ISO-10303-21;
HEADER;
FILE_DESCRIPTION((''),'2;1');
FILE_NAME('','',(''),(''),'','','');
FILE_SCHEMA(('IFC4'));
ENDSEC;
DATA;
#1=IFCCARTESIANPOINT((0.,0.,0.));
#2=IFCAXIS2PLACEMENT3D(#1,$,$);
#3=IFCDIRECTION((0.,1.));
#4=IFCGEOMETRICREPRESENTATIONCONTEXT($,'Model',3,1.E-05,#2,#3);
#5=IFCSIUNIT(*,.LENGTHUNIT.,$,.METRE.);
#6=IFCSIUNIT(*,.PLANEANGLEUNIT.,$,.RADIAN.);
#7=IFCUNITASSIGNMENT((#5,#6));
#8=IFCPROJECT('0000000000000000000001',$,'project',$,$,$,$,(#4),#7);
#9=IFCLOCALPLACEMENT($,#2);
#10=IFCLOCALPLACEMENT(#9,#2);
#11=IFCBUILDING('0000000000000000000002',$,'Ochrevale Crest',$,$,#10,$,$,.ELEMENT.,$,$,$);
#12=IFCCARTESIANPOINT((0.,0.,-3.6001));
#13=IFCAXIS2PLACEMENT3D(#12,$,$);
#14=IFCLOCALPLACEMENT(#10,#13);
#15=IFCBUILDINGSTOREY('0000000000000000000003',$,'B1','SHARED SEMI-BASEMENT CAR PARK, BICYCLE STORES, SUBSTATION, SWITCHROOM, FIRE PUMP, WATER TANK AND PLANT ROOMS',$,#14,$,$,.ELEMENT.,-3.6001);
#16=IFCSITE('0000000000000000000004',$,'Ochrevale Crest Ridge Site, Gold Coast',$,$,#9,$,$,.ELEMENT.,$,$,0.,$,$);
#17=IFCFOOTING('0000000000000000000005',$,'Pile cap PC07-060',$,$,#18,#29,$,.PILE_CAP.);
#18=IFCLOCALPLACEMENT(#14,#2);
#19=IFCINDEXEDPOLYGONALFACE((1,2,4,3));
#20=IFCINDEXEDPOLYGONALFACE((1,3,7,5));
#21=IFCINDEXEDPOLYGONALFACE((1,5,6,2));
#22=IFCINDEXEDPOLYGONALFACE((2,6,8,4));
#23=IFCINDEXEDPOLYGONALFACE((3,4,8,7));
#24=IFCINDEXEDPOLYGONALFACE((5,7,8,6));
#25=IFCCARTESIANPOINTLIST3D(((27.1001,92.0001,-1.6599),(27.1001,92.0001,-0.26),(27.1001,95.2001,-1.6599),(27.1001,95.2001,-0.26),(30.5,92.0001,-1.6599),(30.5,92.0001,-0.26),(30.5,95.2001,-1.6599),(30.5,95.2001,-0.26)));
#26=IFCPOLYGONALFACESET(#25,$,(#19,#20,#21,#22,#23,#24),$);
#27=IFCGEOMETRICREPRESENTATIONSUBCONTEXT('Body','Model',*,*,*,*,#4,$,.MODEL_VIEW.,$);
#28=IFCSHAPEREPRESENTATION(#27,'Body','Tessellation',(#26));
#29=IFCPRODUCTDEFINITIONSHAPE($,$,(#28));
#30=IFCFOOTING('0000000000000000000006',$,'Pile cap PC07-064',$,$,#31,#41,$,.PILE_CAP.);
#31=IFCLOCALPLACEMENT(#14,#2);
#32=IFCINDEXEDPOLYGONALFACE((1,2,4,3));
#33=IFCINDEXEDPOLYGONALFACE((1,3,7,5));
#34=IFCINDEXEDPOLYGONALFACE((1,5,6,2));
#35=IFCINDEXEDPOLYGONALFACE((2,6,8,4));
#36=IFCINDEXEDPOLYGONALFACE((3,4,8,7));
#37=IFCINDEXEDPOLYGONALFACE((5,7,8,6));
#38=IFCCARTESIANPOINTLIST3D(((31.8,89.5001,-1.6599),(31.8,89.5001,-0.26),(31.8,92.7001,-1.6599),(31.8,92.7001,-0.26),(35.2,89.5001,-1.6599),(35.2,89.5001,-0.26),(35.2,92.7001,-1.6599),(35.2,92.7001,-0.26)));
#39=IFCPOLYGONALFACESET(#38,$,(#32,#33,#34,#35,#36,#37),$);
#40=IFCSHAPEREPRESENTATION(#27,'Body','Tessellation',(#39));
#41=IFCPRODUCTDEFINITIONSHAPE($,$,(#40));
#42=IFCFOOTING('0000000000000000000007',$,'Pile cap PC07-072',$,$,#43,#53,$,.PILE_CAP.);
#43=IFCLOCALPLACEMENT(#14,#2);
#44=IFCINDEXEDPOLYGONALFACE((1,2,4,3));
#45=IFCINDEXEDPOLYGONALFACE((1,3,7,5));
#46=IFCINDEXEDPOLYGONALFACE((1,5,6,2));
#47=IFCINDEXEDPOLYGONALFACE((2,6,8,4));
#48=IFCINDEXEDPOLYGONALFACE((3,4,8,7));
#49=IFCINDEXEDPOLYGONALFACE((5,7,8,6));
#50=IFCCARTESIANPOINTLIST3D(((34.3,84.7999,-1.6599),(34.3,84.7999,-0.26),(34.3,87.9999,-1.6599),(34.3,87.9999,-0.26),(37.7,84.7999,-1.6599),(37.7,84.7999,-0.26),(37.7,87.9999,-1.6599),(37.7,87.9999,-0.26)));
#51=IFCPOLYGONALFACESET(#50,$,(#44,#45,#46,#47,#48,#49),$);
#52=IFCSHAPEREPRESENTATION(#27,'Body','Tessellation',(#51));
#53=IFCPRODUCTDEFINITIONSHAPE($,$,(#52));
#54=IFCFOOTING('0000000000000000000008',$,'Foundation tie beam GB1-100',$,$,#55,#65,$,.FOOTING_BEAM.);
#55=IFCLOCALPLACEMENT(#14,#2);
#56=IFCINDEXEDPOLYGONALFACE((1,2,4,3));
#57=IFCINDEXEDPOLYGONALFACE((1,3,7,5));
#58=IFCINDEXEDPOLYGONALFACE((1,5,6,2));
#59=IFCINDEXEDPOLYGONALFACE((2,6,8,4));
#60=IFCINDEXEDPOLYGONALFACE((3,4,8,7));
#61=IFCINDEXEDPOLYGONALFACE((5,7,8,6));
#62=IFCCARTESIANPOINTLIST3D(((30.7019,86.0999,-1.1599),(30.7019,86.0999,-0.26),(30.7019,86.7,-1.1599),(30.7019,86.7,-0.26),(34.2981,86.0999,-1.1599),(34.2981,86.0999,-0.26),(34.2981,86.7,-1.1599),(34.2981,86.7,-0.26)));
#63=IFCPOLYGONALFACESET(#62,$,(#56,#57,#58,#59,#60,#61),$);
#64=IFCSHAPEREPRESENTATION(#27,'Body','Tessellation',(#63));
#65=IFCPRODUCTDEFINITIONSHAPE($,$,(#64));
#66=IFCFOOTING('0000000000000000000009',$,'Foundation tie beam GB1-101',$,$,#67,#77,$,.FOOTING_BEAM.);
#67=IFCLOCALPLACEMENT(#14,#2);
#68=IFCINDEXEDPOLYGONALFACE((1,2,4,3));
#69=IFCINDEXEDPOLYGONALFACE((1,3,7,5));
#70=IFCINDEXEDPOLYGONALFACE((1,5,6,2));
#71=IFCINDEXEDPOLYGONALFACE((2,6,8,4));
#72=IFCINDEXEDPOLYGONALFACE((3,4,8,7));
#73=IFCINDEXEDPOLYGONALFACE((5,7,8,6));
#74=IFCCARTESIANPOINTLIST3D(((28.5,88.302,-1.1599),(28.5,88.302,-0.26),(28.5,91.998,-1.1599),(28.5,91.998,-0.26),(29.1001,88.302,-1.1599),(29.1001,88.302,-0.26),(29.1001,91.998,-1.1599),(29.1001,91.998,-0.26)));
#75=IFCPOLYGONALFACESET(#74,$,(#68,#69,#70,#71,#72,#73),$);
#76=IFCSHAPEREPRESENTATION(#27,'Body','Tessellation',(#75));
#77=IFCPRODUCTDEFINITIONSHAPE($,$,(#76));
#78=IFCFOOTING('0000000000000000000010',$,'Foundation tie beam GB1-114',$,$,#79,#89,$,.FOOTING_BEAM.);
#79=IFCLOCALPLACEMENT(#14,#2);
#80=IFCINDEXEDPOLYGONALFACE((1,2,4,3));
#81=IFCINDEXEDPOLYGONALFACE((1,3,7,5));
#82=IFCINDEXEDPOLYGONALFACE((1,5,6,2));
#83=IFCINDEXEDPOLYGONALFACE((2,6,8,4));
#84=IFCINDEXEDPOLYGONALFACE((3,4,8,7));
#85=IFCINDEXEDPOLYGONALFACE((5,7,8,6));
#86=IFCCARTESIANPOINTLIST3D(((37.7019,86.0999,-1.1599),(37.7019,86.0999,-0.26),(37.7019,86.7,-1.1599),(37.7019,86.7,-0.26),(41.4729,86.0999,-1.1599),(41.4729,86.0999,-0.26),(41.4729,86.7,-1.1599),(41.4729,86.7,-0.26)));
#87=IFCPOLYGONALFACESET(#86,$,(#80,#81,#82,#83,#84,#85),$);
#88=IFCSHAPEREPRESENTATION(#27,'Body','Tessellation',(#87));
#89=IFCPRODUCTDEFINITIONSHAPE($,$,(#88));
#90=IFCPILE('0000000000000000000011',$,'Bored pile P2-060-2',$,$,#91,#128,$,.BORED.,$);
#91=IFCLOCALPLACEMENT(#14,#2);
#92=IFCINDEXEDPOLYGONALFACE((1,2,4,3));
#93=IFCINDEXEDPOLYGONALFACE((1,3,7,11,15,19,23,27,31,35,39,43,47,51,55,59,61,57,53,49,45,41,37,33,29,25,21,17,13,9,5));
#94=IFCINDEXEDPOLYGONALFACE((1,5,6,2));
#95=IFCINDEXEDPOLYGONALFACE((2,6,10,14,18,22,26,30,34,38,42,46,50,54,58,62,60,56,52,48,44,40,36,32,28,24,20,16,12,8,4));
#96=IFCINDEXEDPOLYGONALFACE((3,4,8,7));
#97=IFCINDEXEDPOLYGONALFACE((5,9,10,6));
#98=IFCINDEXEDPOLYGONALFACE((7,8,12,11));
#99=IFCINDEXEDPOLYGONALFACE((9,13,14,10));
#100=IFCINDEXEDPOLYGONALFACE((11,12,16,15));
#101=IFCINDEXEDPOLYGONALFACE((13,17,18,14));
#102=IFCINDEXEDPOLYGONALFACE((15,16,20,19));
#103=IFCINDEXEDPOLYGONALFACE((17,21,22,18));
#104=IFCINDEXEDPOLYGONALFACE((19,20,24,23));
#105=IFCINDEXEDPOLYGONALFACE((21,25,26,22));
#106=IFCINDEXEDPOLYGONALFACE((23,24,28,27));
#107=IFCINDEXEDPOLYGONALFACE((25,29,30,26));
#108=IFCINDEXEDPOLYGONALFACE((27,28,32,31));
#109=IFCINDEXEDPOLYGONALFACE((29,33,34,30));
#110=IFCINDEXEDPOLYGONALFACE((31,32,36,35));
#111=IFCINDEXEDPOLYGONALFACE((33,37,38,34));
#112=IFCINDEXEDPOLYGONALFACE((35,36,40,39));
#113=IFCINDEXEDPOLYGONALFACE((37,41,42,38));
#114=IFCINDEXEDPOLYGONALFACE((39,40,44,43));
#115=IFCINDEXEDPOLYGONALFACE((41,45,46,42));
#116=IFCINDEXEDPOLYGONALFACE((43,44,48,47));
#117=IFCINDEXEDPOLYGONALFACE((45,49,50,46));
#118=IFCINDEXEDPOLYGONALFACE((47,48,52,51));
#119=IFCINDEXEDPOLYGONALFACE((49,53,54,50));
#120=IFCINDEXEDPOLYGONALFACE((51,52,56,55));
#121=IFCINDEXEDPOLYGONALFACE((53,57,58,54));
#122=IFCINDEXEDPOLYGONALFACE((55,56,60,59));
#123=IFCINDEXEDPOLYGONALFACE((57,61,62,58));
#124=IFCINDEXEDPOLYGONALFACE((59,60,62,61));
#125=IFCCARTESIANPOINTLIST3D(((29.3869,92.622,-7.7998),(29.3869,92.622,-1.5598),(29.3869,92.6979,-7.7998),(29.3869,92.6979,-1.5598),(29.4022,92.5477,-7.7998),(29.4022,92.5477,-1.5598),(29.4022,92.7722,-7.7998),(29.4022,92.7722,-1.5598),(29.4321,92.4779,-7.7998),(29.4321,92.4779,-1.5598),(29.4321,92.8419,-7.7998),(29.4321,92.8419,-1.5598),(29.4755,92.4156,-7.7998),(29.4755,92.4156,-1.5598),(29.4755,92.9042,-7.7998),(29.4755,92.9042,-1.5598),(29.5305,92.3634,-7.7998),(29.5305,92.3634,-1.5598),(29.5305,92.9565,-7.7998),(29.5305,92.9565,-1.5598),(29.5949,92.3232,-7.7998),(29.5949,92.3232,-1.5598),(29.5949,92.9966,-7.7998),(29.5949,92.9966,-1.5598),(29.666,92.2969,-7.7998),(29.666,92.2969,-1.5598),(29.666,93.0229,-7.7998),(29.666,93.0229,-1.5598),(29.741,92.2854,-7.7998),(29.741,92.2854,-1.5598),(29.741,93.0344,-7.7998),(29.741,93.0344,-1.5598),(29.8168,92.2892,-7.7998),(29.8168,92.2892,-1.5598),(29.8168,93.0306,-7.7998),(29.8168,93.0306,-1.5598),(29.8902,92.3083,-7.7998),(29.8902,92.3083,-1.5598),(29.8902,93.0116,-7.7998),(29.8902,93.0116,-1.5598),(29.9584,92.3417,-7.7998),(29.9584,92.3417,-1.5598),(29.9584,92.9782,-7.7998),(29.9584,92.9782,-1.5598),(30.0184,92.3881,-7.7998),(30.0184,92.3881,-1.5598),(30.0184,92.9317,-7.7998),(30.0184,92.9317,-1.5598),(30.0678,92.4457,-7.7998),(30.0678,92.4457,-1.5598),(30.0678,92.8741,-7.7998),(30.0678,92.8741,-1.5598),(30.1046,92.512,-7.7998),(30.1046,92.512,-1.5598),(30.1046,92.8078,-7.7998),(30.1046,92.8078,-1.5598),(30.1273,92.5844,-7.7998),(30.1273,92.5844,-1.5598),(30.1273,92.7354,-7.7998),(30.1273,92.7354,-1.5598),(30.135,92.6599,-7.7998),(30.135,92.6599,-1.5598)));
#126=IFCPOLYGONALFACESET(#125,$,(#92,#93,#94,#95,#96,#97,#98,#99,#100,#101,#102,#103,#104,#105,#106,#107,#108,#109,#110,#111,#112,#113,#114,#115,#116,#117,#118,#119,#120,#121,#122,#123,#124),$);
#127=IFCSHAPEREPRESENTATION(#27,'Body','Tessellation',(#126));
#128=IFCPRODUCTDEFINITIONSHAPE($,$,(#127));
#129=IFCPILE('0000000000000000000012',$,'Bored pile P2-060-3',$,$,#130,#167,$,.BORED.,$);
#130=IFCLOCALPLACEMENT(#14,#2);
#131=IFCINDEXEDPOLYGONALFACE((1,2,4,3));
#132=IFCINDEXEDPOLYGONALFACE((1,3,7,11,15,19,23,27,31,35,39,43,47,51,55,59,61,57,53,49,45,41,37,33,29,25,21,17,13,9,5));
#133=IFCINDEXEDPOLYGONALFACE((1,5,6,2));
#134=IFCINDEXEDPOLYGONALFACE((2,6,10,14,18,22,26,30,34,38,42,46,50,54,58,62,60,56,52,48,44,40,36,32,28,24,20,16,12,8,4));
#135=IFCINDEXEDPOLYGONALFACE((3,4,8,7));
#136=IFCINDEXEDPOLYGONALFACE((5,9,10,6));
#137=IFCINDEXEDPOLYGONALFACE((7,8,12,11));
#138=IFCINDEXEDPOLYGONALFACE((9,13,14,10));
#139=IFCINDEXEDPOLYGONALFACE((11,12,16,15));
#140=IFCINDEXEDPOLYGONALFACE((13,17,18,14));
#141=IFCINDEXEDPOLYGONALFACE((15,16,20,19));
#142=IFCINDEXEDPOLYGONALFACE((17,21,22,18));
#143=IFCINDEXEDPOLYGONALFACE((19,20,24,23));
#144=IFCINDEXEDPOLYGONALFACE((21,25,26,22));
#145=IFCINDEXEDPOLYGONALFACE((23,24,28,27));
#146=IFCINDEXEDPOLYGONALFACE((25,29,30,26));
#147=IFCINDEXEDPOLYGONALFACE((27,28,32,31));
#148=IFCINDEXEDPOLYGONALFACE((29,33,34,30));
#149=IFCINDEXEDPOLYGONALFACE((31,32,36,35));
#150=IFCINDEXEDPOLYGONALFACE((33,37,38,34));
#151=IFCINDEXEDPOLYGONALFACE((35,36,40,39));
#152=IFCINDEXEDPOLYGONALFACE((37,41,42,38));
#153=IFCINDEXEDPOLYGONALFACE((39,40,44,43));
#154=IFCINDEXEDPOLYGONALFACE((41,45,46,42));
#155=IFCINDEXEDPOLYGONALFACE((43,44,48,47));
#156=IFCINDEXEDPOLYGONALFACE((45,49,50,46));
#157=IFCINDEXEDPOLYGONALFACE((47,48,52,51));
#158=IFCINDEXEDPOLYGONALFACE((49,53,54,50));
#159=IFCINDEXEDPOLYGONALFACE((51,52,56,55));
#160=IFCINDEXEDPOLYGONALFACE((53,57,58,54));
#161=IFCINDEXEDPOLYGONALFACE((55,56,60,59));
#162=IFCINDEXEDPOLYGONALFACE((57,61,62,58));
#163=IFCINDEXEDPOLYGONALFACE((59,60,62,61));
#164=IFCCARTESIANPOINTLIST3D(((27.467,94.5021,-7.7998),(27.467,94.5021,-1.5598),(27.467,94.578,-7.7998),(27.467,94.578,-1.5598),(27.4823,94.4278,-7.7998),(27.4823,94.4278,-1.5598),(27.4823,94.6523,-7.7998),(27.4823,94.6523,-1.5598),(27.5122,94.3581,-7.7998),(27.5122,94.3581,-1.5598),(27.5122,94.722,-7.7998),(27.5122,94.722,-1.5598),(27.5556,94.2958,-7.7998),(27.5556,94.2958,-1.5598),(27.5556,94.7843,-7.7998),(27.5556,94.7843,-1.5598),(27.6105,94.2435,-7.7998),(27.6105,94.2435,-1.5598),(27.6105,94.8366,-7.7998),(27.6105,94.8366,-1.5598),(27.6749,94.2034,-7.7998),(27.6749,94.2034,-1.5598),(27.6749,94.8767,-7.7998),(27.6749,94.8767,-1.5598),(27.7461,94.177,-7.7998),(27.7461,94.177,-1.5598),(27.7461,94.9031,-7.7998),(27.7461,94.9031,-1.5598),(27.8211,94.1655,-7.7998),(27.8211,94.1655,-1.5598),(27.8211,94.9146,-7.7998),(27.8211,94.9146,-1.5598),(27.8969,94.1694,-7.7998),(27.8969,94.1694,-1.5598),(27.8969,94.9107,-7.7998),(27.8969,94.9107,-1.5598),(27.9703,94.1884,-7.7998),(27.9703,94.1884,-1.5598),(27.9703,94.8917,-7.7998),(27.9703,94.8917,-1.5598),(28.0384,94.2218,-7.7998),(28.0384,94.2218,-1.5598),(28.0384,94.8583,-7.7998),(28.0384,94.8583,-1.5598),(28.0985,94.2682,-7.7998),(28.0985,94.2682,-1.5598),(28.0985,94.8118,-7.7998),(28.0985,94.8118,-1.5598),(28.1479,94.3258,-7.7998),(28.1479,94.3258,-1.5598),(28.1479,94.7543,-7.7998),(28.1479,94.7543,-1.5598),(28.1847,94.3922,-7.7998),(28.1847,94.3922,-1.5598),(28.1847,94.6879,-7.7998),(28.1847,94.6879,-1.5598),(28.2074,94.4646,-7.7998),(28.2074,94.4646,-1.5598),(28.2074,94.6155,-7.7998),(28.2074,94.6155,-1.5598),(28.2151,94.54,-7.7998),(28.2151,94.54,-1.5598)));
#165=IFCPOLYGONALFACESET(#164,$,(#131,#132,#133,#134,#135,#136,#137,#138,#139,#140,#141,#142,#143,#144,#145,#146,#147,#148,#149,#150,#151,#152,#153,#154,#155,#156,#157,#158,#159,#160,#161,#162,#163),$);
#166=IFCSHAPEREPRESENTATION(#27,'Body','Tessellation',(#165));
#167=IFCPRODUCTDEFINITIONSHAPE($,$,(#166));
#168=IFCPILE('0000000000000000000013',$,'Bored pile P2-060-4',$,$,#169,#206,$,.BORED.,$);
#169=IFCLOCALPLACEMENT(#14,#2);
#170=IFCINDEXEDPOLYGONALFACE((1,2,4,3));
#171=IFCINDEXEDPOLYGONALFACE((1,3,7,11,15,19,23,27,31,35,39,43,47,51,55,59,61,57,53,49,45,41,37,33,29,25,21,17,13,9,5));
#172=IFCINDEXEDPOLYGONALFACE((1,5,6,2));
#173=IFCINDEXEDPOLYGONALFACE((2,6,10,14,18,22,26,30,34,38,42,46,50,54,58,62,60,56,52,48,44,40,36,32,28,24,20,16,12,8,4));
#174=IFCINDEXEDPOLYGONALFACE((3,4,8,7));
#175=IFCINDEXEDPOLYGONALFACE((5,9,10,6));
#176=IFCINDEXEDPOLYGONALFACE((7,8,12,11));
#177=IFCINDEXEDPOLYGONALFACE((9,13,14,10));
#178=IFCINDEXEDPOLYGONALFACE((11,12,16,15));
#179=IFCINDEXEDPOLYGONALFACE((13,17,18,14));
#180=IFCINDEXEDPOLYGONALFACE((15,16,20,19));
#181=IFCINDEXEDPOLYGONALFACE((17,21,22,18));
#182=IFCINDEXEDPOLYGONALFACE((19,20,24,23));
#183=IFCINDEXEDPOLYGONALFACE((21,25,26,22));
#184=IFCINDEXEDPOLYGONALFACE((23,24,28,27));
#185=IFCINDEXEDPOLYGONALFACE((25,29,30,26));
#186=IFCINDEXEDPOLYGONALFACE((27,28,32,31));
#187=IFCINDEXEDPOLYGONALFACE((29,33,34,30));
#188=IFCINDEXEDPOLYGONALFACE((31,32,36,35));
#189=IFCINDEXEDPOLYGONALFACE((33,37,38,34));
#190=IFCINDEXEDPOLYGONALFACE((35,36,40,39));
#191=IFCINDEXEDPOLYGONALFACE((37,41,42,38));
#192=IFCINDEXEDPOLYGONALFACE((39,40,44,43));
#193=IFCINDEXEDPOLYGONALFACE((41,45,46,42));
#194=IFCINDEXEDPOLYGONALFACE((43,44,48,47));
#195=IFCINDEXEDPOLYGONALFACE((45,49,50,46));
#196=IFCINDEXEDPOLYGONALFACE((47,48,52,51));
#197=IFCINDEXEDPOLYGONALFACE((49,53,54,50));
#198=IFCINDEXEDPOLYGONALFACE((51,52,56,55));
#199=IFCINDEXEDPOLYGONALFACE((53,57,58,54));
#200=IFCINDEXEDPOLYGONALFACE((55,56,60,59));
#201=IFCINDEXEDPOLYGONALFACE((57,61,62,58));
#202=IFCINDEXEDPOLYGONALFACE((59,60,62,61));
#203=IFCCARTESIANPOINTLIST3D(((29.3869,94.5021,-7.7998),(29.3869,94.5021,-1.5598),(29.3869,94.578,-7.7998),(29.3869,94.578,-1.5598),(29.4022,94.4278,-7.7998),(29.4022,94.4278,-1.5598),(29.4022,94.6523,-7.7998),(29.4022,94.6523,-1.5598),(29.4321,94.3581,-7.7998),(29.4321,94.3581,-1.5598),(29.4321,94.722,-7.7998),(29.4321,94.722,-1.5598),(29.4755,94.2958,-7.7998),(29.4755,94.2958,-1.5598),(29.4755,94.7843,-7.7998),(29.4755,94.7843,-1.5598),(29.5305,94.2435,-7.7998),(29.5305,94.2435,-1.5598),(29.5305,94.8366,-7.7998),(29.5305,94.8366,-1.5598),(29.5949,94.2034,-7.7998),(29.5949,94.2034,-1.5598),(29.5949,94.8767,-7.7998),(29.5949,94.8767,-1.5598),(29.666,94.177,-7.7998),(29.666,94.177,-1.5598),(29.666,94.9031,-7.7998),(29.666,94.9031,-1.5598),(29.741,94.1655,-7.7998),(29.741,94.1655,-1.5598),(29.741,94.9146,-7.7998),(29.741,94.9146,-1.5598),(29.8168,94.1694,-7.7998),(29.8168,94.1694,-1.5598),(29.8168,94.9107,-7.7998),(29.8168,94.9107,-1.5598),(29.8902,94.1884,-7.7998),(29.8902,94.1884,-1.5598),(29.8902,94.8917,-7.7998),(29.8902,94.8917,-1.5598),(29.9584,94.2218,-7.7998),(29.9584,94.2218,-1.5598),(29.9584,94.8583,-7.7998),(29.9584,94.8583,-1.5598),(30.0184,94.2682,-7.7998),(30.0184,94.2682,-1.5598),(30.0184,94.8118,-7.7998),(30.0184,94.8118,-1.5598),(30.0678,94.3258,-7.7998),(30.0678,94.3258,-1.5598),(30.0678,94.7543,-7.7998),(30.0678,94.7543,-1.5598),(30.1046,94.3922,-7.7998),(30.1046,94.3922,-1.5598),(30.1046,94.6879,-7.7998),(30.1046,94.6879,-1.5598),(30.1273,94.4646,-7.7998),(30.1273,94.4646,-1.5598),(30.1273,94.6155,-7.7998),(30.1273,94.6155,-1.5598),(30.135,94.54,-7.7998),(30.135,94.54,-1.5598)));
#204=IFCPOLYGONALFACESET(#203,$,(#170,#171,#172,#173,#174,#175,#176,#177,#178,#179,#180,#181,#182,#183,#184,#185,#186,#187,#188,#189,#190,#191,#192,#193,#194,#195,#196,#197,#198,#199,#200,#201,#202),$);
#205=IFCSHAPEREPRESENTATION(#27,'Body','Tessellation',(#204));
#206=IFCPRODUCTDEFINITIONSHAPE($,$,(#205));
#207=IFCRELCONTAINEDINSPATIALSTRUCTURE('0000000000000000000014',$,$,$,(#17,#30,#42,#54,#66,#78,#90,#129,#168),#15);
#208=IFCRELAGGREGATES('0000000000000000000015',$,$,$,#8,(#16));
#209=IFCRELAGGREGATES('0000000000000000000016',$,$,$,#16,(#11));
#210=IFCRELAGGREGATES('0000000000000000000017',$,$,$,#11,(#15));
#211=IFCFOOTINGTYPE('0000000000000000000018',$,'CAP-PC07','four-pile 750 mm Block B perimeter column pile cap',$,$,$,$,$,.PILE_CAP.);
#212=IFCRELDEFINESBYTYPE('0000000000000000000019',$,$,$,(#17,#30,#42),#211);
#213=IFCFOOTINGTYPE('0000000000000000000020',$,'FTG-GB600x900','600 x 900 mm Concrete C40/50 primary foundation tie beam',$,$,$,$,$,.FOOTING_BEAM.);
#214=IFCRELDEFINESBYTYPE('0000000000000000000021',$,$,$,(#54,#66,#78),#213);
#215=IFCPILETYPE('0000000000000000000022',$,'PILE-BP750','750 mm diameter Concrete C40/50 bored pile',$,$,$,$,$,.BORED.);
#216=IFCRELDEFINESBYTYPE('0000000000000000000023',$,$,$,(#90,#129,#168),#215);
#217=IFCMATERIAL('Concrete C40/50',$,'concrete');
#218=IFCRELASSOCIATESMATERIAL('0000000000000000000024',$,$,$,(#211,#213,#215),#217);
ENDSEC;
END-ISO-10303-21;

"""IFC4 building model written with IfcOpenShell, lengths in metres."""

from ifc_helpers import new_model, si_unit, direction, frame, origin, origin_2d, place, context, subcontext, project, spatial, rectangle, circle, extrude, material, material_profile, profile_set, type_object, element, save


model = new_model("IFC4")

# Units and contexts
model_context = context("Model", 3, precision=1e-05, world=origin(), true_north=direction((0.0, 1.0)))
body_context = subcontext(model_context, "Body", "Model", "MODEL_VIEW")
ifc_project = project(units=[si_unit("LENGTHUNIT", "METRE"), si_unit("PLANEANGLEUNIT", "RADIAN")], contexts=[model_context])

# Site, building, storey
site_placement = place(None, origin())
site = spatial("IfcSite", under=ifc_project, at=site_placement, Name="Ochrevale Crest Ridge Site, Gold Coast", CompositionType="ELEMENT", RefElevation=0.0)
building_placement = place(site_placement, origin())
building = spatial("IfcBuilding", under=site, at=building_placement, Name="Ochrevale Crest", CompositionType="ELEMENT")
storey_placement = place(building_placement, frame((0.0, 0.0, -3.6001)))
storey = spatial("IfcBuildingStorey", under=building, at=storey_placement, Name="B1", Description="SHARED SEMI-BASEMENT CAR PARK, BICYCLE STORES, SUBSTATION, SWITCHROOM, FIRE PUMP, WATER TANK AND PLANT ROOMS", CompositionType="ELEMENT", Elevation=-3.6001)

# Footings
ifc_material_1 = material(Name="Concrete C40/50", Category="concrete")
footing_type_1 = type_object("IfcFootingType", Name="CAP-PC07", Description="four-pile 750 mm Block B perimeter column pile cap", PredefinedType="PILE_CAP", material=ifc_material_1)
for number, where, z_axis, x_axis, name in (
    (1, (28.8, 93.6001, -1.6599), (0.0, 0.0, 1.0), (1.0, 0.0, 0.0), "Pile cap PC07-060"),
    (2, (33.5, 91.1001, -1.6599), (0.0, 0.0, 1.0), (1.0, 0.0, 0.0), "Pile cap PC07-064"),
    (3, (36.0, 86.3999, -1.6599), (0.0, 0.0, 1.0), (1.0, 0.0, 0.0), "Pile cap PC07-072"),
):
    element("IfcFooting", number, at=place(storey_placement, frame(where, z_axis=z_axis, x_axis=x_axis)), inside=storey, type_object=footing_type_1, Name=name, PredefinedType="PILE_CAP", context=body_context, shape_type="SweptSolid", body=[
        extrude(rectangle(XDim=3.3999, YDim=3.2, at=origin_2d()), origin(), (0.0, 0.0, 1.0), 1.3999),
    ])
ifc_material_profile_1 = material_profile(ifc_material_1, rectangle(XDim=0.6001, YDim=0.8999, at=origin_2d()), Name="GB 600x900")
ifc_profile_set_1 = profile_set([ifc_material_profile_1], Name="Concrete C40/50")
footing_type_2 = type_object("IfcFootingType", Name="FTG-GB600x900", Description="600 x 900 mm Concrete C40/50 primary foundation tie beam", PredefinedType="FOOTING_BEAM", material=ifc_profile_set_1)
footing_1_placement = place(storey_placement, frame((30.7019, 86.3999, -0.71), z_axis=(1.0, 0.0, 0.0), x_axis=(0.0, 1.0, 0.0)))
element("IfcFooting", 4, at=footing_1_placement, inside=storey, type_object=footing_type_2, Name="Foundation tie beam GB1-100", PredefinedType="FOOTING_BEAM", context=body_context, shape_type="SweptSolid", body=[
    extrude(rectangle(XDim=0.6001, YDim=0.8999, at=origin_2d()), origin(), (0.0, 0.0, 1.0), 3.5962),
])
footing_2_placement = place(storey_placement, frame((28.8, 88.302, -0.71), z_axis=(0.0, 1.0, 0.0), x_axis=(-1.0, 0.0, 0.0)))
element("IfcFooting", 5, at=footing_2_placement, inside=storey, type_object=footing_type_2, Name="Foundation tie beam GB1-101", PredefinedType="FOOTING_BEAM", context=body_context, shape_type="SweptSolid", body=[
    extrude(rectangle(XDim=0.6001, YDim=0.8999, at=origin_2d()), origin(), (0.0, 0.0, 1.0), 3.696),
])
footing_3_placement = place(storey_placement, frame((37.7019, 86.3999, -0.71), z_axis=(1.0, 0.0, 0.0), x_axis=(0.0, 1.0, 0.0)))
element("IfcFooting", 6, at=footing_3_placement, inside=storey, type_object=footing_type_2, Name="Foundation tie beam GB1-114", PredefinedType="FOOTING_BEAM", context=body_context, shape_type="SweptSolid", body=[
    extrude(rectangle(XDim=0.6001, YDim=0.8999, at=origin_2d()), origin(), (0.0, 0.0, 1.0), 3.771),
])

# Piles
ifc_material_profile_2 = material_profile(ifc_material_1, circle(Radius=0.375, at=origin_2d()), Name="BORED PILE 750")
ifc_profile_set_2 = profile_set([ifc_material_profile_2], Name="Concrete C40/50")
pile_type_1 = type_object("IfcPileType", Name="PILE-BP750", Description="750 mm diameter Concrete C40/50 bored pile", PredefinedType="BORED", material=ifc_profile_set_2)
for number, where, z_axis, x_axis, name in (
    (7, (29.76, 92.6599, -1.5598), (0.0, 0.0, -1.0), (1.0, 0.0, 0.0), "Bored pile P2-060-2"),
    (8, (27.8401, 94.54, -1.5598), (0.0, 0.0, -1.0), (1.0, 0.0, 0.0), "Bored pile P2-060-3"),
    (9, (29.76, 94.54, -1.5598), (0.0, 0.0, -1.0), (1.0, 0.0, 0.0), "Bored pile P2-060-4"),
):
    element("IfcPile", number, at=place(storey_placement, frame(where, z_axis=z_axis, x_axis=x_axis)), inside=storey, type_object=pile_type_1, Name=name, PredefinedType="BORED", context=body_context, shape_type="SweptSolid", body=[
        extrude(circle(Radius=0.375, at=origin_2d()), origin(), (0.0, 0.0, 1.0), 6.24),
    ])

save(model, "model.ifc")
